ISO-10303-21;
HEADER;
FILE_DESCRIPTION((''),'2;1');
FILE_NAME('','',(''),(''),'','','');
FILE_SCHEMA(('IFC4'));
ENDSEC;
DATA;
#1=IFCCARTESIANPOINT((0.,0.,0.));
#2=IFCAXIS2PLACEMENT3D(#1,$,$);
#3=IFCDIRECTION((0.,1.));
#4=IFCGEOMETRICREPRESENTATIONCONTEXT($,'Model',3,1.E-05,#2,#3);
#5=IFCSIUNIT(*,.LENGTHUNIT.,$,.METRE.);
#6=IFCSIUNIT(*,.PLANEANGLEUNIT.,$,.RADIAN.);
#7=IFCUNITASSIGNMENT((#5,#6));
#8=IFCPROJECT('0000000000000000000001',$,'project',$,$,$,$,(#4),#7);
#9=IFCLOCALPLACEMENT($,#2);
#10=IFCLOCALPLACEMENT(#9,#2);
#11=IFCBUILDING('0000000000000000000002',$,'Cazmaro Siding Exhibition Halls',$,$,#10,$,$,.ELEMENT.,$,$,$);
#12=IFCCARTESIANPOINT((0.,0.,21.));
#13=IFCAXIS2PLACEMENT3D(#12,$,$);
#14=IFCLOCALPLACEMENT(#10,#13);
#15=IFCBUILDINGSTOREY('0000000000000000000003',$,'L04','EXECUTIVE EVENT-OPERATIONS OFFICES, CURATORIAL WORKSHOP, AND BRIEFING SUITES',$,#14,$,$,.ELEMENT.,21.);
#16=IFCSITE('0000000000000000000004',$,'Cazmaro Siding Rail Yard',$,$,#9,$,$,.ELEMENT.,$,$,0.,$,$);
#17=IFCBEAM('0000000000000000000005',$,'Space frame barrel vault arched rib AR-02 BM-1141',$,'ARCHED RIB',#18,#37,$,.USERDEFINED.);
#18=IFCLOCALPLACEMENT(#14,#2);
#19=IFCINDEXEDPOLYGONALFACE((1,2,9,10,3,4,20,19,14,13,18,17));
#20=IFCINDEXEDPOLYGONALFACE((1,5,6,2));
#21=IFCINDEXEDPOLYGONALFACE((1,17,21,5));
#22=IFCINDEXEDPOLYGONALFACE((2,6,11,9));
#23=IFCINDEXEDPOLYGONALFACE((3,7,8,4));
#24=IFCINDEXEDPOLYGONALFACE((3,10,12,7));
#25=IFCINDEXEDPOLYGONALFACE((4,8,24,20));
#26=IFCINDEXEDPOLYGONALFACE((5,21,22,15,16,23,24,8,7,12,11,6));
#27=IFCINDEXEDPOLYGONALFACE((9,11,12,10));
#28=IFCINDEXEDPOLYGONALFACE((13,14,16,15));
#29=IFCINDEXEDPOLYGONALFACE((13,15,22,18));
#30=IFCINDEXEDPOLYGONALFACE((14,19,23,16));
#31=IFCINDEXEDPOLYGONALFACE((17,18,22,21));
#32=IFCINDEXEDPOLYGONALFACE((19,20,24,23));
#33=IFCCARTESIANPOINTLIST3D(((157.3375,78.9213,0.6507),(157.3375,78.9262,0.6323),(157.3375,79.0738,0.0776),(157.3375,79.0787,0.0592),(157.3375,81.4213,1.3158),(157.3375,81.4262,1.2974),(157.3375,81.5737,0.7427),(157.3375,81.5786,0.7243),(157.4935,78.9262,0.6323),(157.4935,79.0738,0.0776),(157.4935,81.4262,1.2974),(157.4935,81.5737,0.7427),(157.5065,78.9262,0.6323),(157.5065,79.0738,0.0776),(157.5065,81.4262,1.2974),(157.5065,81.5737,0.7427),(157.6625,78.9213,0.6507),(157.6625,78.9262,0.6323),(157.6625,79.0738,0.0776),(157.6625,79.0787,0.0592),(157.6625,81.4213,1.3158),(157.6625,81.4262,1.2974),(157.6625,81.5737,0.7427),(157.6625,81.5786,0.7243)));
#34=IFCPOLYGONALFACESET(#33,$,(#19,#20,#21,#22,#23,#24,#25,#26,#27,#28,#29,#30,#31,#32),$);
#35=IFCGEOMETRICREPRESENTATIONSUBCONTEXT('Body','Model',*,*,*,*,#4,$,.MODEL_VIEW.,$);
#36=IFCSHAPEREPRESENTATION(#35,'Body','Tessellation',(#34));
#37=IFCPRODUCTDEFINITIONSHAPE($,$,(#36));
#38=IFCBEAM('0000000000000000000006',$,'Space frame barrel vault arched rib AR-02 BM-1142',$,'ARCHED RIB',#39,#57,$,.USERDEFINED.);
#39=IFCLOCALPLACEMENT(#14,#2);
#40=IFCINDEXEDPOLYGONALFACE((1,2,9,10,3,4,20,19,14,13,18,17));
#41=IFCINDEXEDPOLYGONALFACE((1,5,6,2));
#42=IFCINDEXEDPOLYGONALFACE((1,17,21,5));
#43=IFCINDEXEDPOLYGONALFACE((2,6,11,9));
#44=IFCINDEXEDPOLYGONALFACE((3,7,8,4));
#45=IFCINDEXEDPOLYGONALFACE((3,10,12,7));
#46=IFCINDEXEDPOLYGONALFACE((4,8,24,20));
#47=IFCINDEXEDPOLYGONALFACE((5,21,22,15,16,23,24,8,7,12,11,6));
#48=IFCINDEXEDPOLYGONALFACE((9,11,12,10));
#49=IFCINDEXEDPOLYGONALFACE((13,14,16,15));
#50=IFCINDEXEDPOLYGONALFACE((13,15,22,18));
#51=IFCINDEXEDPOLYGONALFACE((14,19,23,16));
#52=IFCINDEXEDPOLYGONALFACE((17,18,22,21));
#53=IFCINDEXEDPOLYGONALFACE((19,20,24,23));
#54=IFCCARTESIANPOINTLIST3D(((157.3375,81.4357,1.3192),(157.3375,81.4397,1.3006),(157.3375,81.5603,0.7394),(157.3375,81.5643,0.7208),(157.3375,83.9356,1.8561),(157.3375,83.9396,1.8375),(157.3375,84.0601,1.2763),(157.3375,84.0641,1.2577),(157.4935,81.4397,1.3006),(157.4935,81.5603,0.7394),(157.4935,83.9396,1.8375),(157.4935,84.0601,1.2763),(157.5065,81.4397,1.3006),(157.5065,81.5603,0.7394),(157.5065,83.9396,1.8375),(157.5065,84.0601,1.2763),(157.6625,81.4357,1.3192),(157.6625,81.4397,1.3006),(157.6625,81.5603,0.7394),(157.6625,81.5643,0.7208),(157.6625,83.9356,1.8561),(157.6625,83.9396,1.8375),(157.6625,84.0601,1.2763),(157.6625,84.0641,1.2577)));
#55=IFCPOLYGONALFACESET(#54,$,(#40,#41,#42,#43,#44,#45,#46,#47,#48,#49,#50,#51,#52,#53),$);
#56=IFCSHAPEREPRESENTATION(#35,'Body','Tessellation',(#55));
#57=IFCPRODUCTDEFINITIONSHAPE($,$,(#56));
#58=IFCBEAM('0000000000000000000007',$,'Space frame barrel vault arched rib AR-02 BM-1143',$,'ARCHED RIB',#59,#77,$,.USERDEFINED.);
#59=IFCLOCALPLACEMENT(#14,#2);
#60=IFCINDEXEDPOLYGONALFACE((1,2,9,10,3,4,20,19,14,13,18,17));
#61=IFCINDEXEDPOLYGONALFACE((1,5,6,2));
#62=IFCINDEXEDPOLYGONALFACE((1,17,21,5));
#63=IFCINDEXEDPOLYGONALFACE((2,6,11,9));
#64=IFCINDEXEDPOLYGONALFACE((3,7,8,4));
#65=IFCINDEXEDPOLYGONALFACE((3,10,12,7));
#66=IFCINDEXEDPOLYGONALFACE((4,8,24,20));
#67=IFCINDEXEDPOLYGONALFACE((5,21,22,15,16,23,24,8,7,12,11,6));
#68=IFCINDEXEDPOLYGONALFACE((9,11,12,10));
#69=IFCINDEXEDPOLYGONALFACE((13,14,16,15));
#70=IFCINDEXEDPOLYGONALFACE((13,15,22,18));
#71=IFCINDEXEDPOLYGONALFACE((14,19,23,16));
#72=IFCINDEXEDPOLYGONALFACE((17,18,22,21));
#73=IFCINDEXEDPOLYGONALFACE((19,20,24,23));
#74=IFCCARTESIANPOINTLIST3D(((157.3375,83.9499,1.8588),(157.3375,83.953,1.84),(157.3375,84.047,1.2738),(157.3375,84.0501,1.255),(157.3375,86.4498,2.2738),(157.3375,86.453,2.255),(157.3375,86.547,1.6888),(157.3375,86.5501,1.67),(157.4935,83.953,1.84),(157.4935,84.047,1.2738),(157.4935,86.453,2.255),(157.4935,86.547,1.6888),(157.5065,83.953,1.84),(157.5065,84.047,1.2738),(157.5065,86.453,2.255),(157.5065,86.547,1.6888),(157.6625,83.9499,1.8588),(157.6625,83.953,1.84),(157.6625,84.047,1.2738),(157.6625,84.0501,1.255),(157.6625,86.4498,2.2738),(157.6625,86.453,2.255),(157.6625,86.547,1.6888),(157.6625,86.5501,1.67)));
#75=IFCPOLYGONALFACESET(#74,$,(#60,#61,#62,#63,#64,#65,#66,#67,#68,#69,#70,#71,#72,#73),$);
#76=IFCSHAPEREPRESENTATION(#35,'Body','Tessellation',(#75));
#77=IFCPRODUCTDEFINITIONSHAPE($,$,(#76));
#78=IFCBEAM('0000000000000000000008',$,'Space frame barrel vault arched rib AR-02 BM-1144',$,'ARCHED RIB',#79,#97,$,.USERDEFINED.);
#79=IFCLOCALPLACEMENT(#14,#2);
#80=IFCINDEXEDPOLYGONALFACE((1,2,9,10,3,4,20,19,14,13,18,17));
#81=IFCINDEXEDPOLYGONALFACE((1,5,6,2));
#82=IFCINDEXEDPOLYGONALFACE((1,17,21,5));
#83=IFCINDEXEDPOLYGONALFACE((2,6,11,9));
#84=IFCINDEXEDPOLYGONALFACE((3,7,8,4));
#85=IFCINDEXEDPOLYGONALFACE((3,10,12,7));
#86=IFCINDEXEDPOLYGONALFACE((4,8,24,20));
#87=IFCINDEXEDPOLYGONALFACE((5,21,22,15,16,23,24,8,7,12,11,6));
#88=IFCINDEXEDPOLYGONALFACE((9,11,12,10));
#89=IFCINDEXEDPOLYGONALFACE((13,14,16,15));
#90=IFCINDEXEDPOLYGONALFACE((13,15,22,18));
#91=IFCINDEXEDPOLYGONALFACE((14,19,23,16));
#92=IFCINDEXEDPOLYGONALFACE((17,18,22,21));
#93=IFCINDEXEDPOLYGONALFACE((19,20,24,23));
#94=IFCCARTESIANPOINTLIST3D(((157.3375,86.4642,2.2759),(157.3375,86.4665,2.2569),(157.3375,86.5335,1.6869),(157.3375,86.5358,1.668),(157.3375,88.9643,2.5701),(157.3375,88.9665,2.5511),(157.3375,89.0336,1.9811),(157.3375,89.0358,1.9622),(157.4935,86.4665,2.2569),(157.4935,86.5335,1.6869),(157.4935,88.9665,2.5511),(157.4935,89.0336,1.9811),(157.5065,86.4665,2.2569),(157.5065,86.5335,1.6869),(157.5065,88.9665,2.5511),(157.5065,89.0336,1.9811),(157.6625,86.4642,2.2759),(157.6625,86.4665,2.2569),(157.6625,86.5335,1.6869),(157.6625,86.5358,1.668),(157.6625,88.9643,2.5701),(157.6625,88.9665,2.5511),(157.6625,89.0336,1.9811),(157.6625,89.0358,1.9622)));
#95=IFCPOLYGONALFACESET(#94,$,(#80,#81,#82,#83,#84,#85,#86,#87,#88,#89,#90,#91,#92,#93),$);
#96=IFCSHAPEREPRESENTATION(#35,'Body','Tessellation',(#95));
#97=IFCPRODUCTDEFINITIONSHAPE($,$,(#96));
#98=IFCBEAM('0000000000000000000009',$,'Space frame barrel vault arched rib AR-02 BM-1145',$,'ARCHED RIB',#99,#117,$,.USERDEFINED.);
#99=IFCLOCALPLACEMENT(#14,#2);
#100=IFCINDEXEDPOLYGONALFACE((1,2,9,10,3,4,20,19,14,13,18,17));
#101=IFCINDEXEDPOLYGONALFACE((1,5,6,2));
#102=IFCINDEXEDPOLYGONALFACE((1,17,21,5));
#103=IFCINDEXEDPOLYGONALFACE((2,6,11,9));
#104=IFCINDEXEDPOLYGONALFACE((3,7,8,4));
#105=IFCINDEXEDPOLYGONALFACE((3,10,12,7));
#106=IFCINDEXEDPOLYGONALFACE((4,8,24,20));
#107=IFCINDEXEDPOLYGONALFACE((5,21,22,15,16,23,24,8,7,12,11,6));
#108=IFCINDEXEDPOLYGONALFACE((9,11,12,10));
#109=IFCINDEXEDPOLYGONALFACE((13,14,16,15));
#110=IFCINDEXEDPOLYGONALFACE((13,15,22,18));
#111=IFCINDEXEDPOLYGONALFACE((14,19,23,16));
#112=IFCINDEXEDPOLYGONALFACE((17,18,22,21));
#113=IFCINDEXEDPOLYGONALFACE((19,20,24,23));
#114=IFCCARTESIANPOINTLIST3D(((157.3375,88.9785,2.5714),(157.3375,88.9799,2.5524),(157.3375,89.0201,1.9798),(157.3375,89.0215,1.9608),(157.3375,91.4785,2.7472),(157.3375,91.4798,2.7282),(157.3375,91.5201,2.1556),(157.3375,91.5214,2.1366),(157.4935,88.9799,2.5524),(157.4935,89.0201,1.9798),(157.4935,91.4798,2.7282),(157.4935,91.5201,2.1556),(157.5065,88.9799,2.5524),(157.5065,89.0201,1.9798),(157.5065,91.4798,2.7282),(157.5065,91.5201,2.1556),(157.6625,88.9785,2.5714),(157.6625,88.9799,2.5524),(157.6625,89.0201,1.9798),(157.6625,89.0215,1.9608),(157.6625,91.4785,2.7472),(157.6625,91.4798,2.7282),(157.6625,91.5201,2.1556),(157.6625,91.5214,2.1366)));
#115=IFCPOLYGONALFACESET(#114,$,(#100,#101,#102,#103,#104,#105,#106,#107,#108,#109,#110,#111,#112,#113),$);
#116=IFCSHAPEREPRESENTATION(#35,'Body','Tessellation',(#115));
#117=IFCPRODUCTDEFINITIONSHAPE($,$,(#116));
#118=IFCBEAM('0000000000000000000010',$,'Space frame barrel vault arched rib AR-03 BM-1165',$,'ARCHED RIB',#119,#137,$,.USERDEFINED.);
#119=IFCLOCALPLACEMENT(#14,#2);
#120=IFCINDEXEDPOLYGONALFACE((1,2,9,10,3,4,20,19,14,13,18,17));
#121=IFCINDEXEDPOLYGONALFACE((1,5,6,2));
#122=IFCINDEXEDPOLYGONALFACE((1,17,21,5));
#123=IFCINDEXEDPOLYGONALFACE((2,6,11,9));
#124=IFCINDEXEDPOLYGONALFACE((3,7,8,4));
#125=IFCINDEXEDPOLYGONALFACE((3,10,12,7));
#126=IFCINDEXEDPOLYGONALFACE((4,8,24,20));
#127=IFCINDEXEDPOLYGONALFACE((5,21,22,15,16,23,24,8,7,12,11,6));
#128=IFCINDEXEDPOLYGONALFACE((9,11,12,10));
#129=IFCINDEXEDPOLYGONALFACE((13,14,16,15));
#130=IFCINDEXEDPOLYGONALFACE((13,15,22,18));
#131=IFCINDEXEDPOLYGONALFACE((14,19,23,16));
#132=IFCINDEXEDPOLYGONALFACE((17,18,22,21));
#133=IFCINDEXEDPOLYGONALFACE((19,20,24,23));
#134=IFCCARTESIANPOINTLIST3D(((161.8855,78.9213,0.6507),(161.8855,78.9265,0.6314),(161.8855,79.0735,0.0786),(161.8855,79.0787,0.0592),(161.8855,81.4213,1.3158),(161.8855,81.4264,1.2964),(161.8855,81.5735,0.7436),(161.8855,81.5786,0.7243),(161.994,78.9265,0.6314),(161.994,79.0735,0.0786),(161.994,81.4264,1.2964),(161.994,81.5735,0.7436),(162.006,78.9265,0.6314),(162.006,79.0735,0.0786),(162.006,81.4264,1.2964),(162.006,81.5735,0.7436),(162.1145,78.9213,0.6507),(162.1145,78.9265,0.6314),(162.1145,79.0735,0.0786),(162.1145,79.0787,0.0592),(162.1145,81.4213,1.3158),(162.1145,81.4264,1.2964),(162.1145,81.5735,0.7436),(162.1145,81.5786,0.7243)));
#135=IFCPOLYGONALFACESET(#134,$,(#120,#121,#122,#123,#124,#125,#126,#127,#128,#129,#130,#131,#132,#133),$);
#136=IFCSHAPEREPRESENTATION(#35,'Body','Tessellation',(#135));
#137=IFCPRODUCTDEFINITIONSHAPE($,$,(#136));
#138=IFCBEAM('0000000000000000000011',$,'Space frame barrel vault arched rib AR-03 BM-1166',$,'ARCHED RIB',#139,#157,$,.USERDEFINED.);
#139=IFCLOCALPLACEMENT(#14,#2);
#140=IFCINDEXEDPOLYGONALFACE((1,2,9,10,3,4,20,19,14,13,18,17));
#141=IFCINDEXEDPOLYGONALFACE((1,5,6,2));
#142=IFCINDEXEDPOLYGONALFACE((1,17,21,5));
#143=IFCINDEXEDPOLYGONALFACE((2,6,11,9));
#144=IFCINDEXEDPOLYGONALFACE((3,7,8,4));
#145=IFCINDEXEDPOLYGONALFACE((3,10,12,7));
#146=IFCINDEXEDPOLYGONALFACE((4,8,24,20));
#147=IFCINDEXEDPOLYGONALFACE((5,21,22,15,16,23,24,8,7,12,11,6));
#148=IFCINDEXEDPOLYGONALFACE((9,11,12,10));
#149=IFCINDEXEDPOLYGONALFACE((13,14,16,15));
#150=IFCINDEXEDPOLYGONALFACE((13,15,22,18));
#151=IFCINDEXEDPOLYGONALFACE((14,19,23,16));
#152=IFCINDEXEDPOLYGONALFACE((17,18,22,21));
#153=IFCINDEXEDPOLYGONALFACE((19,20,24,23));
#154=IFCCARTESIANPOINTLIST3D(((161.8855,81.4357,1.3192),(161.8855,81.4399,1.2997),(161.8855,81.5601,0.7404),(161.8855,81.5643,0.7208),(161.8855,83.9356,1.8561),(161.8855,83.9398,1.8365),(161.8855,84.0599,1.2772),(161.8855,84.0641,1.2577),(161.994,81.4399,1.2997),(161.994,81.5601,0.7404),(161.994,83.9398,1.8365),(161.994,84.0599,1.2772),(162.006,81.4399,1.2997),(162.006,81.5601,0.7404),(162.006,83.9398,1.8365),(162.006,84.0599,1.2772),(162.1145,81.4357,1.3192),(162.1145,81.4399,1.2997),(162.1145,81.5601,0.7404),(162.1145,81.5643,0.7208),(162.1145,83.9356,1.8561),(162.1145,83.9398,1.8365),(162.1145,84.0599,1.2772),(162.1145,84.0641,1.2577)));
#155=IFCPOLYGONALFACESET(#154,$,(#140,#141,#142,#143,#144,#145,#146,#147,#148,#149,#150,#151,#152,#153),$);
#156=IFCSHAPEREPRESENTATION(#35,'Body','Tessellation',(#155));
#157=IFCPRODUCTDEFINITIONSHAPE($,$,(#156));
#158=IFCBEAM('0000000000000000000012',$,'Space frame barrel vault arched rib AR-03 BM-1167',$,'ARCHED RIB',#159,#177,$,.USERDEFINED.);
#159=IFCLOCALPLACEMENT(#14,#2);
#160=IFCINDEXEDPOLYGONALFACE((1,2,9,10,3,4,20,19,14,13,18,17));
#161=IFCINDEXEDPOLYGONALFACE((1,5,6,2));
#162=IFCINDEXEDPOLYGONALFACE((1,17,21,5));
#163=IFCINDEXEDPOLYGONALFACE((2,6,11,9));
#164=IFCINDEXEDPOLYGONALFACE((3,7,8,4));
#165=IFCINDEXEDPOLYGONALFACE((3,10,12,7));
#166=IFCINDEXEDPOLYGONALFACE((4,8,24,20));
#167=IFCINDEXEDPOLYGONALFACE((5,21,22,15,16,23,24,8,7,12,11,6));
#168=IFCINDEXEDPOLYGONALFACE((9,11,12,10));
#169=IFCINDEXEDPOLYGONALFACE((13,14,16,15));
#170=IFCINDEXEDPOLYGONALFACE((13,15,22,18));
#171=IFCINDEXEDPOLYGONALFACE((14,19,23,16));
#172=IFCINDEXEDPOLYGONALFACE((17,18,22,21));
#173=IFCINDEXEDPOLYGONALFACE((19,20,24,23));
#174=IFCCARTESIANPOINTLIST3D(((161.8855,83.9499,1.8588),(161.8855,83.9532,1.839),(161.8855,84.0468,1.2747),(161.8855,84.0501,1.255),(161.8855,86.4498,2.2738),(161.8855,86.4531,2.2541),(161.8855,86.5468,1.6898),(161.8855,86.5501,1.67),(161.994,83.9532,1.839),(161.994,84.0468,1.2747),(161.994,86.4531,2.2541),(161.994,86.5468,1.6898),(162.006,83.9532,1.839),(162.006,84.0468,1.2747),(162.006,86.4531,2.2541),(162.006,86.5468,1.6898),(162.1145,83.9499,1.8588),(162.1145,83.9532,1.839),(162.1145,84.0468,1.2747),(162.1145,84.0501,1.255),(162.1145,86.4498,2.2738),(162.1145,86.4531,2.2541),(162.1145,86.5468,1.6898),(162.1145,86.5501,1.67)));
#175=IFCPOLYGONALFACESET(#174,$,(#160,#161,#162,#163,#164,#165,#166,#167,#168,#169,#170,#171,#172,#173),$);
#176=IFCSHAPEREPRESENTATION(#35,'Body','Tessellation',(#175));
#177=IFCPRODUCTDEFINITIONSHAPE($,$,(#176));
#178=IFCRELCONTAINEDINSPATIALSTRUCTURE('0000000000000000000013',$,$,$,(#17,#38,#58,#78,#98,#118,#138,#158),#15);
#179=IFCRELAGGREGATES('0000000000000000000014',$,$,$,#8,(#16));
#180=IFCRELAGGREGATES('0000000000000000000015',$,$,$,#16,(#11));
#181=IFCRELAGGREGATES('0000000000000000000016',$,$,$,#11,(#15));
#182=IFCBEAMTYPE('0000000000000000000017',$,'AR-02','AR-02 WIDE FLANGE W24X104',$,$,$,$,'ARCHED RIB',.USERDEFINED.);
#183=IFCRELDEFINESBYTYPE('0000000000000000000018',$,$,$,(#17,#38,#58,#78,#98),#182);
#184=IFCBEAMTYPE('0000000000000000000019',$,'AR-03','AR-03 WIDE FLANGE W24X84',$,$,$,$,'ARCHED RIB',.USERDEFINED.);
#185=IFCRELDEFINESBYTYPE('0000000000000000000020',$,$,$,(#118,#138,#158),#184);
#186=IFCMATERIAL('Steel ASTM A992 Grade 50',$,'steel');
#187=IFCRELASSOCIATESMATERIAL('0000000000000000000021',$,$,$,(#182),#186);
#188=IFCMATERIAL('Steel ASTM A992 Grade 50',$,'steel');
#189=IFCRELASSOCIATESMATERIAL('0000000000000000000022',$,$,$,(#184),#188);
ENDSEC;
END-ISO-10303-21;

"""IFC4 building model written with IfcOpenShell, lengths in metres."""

from ifc_helpers import new_model, si_unit, direction, frame, origin, origin_2d, place, context, subcontext, project, spatial, i_section, extrude, material, material_profile, profile_set, type_object, element, save


model = new_model("IFC4")

# Units and contexts
model_context = context("Model", 3, precision=1e-05, world=origin(), true_north=direction((0.0, 1.0)))
body_context = subcontext(model_context, "Body", "Model", "MODEL_VIEW")
ifc_project = project(units=[si_unit("LENGTHUNIT", "METRE"), si_unit("PLANEANGLEUNIT", "RADIAN")], contexts=[model_context])

# Site, building, storey
site_placement = place(None, origin())
site = spatial("IfcSite", under=ifc_project, at=site_placement, Name="Cazmaro Siding Rail Yard", CompositionType="ELEMENT", RefElevation=0.0)
building_placement = place(site_placement, origin())
building = spatial("IfcBuilding", under=site, at=building_placement, Name="Cazmaro Siding Exhibition Halls", CompositionType="ELEMENT")
storey_placement = place(building_placement, frame((0.0, 0.0, 21.0)))
storey = spatial("IfcBuildingStorey", under=building, at=storey_placement, Name="L04", Description="EXECUTIVE EVENT-OPERATIONS OFFICES, CURATORIAL WORKSHOP, AND BRIEFING SUITES", CompositionType="ELEMENT", Elevation=21.0)

# Beams
ifc_material_1 = material(Name="Steel ASTM A992 Grade 50", Category="steel")
ifc_material_profile_1 = material_profile(ifc_material_1, i_section(OverallWidth=0.325, OverallDepth=0.6121, WebThickness=0.0129, FlangeThickness=0.019, at=origin_2d()), Name="W24X104")
ifc_profile_set_1 = profile_set([ifc_material_profile_1], Name="Steel ASTM A992 Grade 50")
beam_type_1 = type_object("IfcBeamType", Name="AR-02", Description="AR-02 WIDE FLANGE W24X104", ElementType="ARCHED RIB", PredefinedType="USERDEFINED", material=ifc_profile_set_1)
beam_1_placement = place(storey_placement, frame((157.5, 79.0, 0.355), z_axis=(0.0, 0.966391, 0.257075), x_axis=(-1.0, 0.0, 0.0)))
element("IfcBeam", 1, at=beam_1_placement, inside=storey, type_object=beam_type_1, Name="Space frame barrel vault arched rib AR-02 BM-1141", ObjectType="ARCHED RIB", PredefinedType="USERDEFINED", context=body_context, shape_type="SweptSolid", body=[
    extrude(i_section(OverallWidth=0.325, OverallDepth=0.6121, WebThickness=0.0129, FlangeThickness=0.019, at=origin_2d()), origin(), (0.0, 0.0, 1.0), 2.5869),
])
beam_2_placement = place(storey_placement, frame((157.5, 81.5, 1.02), z_axis=(0.0, 0.97771, 0.209959), x_axis=(-1.0, 0.0, 0.0)))
element("IfcBeam", 2, at=beam_2_placement, inside=storey, type_object=beam_type_1, Name="Space frame barrel vault arched rib AR-02 BM-1142", ObjectType="ARCHED RIB", PredefinedType="USERDEFINED", context=body_context, shape_type="SweptSolid", body=[
    extrude(i_section(OverallWidth=0.325, OverallDepth=0.6121, WebThickness=0.0129, FlangeThickness=0.019, at=origin_2d()), origin(), (0.0, 0.0, 1.0), 2.5569),
])
beam_3_placement = place(storey_placement, frame((157.5, 84.0, 1.5569), z_axis=(0.0, 0.986498, 0.163774), x_axis=(-1.0, 0.0, 0.0)))
element("IfcBeam", 3, at=beam_3_placement, inside=storey, type_object=beam_type_1, Name="Space frame barrel vault arched rib AR-02 BM-1143", ObjectType="ARCHED RIB", PredefinedType="USERDEFINED", context=body_context, shape_type="SweptSolid", body=[
    extrude(i_section(OverallWidth=0.325, OverallDepth=0.6121, WebThickness=0.0129, FlangeThickness=0.019, at=origin_2d()), origin(), (0.0, 0.0, 1.0), 2.5342),
])
beam_4_placement = place(storey_placement, frame((157.5, 86.5, 1.9719), z_axis=(0.0, 0.993147, 0.116869), x_axis=(-1.0, 0.0, 0.0)))
element("IfcBeam", 4, at=beam_4_placement, inside=storey, type_object=beam_type_1, Name="Space frame barrel vault arched rib AR-02 BM-1144", ObjectType="ARCHED RIB", PredefinedType="USERDEFINED", context=body_context, shape_type="SweptSolid", body=[
    extrude(i_section(OverallWidth=0.325, OverallDepth=0.6121, WebThickness=0.0129, FlangeThickness=0.019, at=origin_2d()), origin(), (0.0, 0.0, 1.0), 2.5173),
])
beam_5_placement = place(storey_placement, frame((157.5, 89.0, 2.2661), z_axis=(0.0, 0.997537, 0.070139), x_axis=(-1.0, 0.0, 0.0)))
element("IfcBeam", 5, at=beam_5_placement, inside=storey, type_object=beam_type_1, Name="Space frame barrel vault arched rib AR-02 BM-1145", ObjectType="ARCHED RIB", PredefinedType="USERDEFINED", context=body_context, shape_type="SweptSolid", body=[
    extrude(i_section(OverallWidth=0.325, OverallDepth=0.6121, WebThickness=0.0129, FlangeThickness=0.019, at=origin_2d()), origin(), (0.0, 0.0, 1.0), 2.5061),
])
ifc_material_2 = material(Name="Steel ASTM A992 Grade 50", Category="steel")
ifc_material_profile_2 = material_profile(ifc_material_2, i_section(OverallWidth=0.229, OverallDepth=0.6121, WebThickness=0.012, FlangeThickness=0.02, at=origin_2d()), Name="W24X84")
ifc_profile_set_2 = profile_set([ifc_material_profile_2], Name="Steel ASTM A992 Grade 50")
beam_type_2 = type_object("IfcBeamType", Name="AR-03", Description="AR-03 WIDE FLANGE W24X84", ElementType="ARCHED RIB", PredefinedType="USERDEFINED", material=ifc_profile_set_2)
beam_6_placement = place(storey_placement, frame((162.0, 79.0, 0.355), z_axis=(0.0, 0.966391, 0.257075), x_axis=(-1.0, 0.0, 0.0)))
element("IfcBeam", 6, at=beam_6_placement, inside=storey, type_object=beam_type_2, Name="Space frame barrel vault arched rib AR-03 BM-1165", ObjectType="ARCHED RIB", PredefinedType="USERDEFINED", context=body_context, shape_type="SweptSolid", body=[
    extrude(i_section(OverallWidth=0.229, OverallDepth=0.6121, WebThickness=0.012, FlangeThickness=0.02, at=origin_2d()), origin(), (0.0, 0.0, 1.0), 2.5869),
])
beam_7_placement = place(storey_placement, frame((162.0, 81.5, 1.02), z_axis=(0.0, 0.97771, 0.209959), x_axis=(-1.0, 0.0, 0.0)))
element("IfcBeam", 7, at=beam_7_placement, inside=storey, type_object=beam_type_2, Name="Space frame barrel vault arched rib AR-03 BM-1166", ObjectType="ARCHED RIB", PredefinedType="USERDEFINED", context=body_context, shape_type="SweptSolid", body=[
    extrude(i_section(OverallWidth=0.229, OverallDepth=0.6121, WebThickness=0.012, FlangeThickness=0.02, at=origin_2d()), origin(), (0.0, 0.0, 1.0), 2.5569),
])
beam_8_placement = place(storey_placement, frame((162.0, 84.0, 1.5569), z_axis=(0.0, 0.986498, 0.163774), x_axis=(-1.0, 0.0, 0.0)))
element("IfcBeam", 8, at=beam_8_placement, inside=storey, type_object=beam_type_2, Name="Space frame barrel vault arched rib AR-03 BM-1167", ObjectType="ARCHED RIB", PredefinedType="USERDEFINED", context=body_context, shape_type="SweptSolid", body=[
    extrude(i_section(OverallWidth=0.229, OverallDepth=0.6121, WebThickness=0.012, FlangeThickness=0.02, at=origin_2d()), origin(), (0.0, 0.0, 1.0), 2.5342),
])

save(model, "model.ifc")
